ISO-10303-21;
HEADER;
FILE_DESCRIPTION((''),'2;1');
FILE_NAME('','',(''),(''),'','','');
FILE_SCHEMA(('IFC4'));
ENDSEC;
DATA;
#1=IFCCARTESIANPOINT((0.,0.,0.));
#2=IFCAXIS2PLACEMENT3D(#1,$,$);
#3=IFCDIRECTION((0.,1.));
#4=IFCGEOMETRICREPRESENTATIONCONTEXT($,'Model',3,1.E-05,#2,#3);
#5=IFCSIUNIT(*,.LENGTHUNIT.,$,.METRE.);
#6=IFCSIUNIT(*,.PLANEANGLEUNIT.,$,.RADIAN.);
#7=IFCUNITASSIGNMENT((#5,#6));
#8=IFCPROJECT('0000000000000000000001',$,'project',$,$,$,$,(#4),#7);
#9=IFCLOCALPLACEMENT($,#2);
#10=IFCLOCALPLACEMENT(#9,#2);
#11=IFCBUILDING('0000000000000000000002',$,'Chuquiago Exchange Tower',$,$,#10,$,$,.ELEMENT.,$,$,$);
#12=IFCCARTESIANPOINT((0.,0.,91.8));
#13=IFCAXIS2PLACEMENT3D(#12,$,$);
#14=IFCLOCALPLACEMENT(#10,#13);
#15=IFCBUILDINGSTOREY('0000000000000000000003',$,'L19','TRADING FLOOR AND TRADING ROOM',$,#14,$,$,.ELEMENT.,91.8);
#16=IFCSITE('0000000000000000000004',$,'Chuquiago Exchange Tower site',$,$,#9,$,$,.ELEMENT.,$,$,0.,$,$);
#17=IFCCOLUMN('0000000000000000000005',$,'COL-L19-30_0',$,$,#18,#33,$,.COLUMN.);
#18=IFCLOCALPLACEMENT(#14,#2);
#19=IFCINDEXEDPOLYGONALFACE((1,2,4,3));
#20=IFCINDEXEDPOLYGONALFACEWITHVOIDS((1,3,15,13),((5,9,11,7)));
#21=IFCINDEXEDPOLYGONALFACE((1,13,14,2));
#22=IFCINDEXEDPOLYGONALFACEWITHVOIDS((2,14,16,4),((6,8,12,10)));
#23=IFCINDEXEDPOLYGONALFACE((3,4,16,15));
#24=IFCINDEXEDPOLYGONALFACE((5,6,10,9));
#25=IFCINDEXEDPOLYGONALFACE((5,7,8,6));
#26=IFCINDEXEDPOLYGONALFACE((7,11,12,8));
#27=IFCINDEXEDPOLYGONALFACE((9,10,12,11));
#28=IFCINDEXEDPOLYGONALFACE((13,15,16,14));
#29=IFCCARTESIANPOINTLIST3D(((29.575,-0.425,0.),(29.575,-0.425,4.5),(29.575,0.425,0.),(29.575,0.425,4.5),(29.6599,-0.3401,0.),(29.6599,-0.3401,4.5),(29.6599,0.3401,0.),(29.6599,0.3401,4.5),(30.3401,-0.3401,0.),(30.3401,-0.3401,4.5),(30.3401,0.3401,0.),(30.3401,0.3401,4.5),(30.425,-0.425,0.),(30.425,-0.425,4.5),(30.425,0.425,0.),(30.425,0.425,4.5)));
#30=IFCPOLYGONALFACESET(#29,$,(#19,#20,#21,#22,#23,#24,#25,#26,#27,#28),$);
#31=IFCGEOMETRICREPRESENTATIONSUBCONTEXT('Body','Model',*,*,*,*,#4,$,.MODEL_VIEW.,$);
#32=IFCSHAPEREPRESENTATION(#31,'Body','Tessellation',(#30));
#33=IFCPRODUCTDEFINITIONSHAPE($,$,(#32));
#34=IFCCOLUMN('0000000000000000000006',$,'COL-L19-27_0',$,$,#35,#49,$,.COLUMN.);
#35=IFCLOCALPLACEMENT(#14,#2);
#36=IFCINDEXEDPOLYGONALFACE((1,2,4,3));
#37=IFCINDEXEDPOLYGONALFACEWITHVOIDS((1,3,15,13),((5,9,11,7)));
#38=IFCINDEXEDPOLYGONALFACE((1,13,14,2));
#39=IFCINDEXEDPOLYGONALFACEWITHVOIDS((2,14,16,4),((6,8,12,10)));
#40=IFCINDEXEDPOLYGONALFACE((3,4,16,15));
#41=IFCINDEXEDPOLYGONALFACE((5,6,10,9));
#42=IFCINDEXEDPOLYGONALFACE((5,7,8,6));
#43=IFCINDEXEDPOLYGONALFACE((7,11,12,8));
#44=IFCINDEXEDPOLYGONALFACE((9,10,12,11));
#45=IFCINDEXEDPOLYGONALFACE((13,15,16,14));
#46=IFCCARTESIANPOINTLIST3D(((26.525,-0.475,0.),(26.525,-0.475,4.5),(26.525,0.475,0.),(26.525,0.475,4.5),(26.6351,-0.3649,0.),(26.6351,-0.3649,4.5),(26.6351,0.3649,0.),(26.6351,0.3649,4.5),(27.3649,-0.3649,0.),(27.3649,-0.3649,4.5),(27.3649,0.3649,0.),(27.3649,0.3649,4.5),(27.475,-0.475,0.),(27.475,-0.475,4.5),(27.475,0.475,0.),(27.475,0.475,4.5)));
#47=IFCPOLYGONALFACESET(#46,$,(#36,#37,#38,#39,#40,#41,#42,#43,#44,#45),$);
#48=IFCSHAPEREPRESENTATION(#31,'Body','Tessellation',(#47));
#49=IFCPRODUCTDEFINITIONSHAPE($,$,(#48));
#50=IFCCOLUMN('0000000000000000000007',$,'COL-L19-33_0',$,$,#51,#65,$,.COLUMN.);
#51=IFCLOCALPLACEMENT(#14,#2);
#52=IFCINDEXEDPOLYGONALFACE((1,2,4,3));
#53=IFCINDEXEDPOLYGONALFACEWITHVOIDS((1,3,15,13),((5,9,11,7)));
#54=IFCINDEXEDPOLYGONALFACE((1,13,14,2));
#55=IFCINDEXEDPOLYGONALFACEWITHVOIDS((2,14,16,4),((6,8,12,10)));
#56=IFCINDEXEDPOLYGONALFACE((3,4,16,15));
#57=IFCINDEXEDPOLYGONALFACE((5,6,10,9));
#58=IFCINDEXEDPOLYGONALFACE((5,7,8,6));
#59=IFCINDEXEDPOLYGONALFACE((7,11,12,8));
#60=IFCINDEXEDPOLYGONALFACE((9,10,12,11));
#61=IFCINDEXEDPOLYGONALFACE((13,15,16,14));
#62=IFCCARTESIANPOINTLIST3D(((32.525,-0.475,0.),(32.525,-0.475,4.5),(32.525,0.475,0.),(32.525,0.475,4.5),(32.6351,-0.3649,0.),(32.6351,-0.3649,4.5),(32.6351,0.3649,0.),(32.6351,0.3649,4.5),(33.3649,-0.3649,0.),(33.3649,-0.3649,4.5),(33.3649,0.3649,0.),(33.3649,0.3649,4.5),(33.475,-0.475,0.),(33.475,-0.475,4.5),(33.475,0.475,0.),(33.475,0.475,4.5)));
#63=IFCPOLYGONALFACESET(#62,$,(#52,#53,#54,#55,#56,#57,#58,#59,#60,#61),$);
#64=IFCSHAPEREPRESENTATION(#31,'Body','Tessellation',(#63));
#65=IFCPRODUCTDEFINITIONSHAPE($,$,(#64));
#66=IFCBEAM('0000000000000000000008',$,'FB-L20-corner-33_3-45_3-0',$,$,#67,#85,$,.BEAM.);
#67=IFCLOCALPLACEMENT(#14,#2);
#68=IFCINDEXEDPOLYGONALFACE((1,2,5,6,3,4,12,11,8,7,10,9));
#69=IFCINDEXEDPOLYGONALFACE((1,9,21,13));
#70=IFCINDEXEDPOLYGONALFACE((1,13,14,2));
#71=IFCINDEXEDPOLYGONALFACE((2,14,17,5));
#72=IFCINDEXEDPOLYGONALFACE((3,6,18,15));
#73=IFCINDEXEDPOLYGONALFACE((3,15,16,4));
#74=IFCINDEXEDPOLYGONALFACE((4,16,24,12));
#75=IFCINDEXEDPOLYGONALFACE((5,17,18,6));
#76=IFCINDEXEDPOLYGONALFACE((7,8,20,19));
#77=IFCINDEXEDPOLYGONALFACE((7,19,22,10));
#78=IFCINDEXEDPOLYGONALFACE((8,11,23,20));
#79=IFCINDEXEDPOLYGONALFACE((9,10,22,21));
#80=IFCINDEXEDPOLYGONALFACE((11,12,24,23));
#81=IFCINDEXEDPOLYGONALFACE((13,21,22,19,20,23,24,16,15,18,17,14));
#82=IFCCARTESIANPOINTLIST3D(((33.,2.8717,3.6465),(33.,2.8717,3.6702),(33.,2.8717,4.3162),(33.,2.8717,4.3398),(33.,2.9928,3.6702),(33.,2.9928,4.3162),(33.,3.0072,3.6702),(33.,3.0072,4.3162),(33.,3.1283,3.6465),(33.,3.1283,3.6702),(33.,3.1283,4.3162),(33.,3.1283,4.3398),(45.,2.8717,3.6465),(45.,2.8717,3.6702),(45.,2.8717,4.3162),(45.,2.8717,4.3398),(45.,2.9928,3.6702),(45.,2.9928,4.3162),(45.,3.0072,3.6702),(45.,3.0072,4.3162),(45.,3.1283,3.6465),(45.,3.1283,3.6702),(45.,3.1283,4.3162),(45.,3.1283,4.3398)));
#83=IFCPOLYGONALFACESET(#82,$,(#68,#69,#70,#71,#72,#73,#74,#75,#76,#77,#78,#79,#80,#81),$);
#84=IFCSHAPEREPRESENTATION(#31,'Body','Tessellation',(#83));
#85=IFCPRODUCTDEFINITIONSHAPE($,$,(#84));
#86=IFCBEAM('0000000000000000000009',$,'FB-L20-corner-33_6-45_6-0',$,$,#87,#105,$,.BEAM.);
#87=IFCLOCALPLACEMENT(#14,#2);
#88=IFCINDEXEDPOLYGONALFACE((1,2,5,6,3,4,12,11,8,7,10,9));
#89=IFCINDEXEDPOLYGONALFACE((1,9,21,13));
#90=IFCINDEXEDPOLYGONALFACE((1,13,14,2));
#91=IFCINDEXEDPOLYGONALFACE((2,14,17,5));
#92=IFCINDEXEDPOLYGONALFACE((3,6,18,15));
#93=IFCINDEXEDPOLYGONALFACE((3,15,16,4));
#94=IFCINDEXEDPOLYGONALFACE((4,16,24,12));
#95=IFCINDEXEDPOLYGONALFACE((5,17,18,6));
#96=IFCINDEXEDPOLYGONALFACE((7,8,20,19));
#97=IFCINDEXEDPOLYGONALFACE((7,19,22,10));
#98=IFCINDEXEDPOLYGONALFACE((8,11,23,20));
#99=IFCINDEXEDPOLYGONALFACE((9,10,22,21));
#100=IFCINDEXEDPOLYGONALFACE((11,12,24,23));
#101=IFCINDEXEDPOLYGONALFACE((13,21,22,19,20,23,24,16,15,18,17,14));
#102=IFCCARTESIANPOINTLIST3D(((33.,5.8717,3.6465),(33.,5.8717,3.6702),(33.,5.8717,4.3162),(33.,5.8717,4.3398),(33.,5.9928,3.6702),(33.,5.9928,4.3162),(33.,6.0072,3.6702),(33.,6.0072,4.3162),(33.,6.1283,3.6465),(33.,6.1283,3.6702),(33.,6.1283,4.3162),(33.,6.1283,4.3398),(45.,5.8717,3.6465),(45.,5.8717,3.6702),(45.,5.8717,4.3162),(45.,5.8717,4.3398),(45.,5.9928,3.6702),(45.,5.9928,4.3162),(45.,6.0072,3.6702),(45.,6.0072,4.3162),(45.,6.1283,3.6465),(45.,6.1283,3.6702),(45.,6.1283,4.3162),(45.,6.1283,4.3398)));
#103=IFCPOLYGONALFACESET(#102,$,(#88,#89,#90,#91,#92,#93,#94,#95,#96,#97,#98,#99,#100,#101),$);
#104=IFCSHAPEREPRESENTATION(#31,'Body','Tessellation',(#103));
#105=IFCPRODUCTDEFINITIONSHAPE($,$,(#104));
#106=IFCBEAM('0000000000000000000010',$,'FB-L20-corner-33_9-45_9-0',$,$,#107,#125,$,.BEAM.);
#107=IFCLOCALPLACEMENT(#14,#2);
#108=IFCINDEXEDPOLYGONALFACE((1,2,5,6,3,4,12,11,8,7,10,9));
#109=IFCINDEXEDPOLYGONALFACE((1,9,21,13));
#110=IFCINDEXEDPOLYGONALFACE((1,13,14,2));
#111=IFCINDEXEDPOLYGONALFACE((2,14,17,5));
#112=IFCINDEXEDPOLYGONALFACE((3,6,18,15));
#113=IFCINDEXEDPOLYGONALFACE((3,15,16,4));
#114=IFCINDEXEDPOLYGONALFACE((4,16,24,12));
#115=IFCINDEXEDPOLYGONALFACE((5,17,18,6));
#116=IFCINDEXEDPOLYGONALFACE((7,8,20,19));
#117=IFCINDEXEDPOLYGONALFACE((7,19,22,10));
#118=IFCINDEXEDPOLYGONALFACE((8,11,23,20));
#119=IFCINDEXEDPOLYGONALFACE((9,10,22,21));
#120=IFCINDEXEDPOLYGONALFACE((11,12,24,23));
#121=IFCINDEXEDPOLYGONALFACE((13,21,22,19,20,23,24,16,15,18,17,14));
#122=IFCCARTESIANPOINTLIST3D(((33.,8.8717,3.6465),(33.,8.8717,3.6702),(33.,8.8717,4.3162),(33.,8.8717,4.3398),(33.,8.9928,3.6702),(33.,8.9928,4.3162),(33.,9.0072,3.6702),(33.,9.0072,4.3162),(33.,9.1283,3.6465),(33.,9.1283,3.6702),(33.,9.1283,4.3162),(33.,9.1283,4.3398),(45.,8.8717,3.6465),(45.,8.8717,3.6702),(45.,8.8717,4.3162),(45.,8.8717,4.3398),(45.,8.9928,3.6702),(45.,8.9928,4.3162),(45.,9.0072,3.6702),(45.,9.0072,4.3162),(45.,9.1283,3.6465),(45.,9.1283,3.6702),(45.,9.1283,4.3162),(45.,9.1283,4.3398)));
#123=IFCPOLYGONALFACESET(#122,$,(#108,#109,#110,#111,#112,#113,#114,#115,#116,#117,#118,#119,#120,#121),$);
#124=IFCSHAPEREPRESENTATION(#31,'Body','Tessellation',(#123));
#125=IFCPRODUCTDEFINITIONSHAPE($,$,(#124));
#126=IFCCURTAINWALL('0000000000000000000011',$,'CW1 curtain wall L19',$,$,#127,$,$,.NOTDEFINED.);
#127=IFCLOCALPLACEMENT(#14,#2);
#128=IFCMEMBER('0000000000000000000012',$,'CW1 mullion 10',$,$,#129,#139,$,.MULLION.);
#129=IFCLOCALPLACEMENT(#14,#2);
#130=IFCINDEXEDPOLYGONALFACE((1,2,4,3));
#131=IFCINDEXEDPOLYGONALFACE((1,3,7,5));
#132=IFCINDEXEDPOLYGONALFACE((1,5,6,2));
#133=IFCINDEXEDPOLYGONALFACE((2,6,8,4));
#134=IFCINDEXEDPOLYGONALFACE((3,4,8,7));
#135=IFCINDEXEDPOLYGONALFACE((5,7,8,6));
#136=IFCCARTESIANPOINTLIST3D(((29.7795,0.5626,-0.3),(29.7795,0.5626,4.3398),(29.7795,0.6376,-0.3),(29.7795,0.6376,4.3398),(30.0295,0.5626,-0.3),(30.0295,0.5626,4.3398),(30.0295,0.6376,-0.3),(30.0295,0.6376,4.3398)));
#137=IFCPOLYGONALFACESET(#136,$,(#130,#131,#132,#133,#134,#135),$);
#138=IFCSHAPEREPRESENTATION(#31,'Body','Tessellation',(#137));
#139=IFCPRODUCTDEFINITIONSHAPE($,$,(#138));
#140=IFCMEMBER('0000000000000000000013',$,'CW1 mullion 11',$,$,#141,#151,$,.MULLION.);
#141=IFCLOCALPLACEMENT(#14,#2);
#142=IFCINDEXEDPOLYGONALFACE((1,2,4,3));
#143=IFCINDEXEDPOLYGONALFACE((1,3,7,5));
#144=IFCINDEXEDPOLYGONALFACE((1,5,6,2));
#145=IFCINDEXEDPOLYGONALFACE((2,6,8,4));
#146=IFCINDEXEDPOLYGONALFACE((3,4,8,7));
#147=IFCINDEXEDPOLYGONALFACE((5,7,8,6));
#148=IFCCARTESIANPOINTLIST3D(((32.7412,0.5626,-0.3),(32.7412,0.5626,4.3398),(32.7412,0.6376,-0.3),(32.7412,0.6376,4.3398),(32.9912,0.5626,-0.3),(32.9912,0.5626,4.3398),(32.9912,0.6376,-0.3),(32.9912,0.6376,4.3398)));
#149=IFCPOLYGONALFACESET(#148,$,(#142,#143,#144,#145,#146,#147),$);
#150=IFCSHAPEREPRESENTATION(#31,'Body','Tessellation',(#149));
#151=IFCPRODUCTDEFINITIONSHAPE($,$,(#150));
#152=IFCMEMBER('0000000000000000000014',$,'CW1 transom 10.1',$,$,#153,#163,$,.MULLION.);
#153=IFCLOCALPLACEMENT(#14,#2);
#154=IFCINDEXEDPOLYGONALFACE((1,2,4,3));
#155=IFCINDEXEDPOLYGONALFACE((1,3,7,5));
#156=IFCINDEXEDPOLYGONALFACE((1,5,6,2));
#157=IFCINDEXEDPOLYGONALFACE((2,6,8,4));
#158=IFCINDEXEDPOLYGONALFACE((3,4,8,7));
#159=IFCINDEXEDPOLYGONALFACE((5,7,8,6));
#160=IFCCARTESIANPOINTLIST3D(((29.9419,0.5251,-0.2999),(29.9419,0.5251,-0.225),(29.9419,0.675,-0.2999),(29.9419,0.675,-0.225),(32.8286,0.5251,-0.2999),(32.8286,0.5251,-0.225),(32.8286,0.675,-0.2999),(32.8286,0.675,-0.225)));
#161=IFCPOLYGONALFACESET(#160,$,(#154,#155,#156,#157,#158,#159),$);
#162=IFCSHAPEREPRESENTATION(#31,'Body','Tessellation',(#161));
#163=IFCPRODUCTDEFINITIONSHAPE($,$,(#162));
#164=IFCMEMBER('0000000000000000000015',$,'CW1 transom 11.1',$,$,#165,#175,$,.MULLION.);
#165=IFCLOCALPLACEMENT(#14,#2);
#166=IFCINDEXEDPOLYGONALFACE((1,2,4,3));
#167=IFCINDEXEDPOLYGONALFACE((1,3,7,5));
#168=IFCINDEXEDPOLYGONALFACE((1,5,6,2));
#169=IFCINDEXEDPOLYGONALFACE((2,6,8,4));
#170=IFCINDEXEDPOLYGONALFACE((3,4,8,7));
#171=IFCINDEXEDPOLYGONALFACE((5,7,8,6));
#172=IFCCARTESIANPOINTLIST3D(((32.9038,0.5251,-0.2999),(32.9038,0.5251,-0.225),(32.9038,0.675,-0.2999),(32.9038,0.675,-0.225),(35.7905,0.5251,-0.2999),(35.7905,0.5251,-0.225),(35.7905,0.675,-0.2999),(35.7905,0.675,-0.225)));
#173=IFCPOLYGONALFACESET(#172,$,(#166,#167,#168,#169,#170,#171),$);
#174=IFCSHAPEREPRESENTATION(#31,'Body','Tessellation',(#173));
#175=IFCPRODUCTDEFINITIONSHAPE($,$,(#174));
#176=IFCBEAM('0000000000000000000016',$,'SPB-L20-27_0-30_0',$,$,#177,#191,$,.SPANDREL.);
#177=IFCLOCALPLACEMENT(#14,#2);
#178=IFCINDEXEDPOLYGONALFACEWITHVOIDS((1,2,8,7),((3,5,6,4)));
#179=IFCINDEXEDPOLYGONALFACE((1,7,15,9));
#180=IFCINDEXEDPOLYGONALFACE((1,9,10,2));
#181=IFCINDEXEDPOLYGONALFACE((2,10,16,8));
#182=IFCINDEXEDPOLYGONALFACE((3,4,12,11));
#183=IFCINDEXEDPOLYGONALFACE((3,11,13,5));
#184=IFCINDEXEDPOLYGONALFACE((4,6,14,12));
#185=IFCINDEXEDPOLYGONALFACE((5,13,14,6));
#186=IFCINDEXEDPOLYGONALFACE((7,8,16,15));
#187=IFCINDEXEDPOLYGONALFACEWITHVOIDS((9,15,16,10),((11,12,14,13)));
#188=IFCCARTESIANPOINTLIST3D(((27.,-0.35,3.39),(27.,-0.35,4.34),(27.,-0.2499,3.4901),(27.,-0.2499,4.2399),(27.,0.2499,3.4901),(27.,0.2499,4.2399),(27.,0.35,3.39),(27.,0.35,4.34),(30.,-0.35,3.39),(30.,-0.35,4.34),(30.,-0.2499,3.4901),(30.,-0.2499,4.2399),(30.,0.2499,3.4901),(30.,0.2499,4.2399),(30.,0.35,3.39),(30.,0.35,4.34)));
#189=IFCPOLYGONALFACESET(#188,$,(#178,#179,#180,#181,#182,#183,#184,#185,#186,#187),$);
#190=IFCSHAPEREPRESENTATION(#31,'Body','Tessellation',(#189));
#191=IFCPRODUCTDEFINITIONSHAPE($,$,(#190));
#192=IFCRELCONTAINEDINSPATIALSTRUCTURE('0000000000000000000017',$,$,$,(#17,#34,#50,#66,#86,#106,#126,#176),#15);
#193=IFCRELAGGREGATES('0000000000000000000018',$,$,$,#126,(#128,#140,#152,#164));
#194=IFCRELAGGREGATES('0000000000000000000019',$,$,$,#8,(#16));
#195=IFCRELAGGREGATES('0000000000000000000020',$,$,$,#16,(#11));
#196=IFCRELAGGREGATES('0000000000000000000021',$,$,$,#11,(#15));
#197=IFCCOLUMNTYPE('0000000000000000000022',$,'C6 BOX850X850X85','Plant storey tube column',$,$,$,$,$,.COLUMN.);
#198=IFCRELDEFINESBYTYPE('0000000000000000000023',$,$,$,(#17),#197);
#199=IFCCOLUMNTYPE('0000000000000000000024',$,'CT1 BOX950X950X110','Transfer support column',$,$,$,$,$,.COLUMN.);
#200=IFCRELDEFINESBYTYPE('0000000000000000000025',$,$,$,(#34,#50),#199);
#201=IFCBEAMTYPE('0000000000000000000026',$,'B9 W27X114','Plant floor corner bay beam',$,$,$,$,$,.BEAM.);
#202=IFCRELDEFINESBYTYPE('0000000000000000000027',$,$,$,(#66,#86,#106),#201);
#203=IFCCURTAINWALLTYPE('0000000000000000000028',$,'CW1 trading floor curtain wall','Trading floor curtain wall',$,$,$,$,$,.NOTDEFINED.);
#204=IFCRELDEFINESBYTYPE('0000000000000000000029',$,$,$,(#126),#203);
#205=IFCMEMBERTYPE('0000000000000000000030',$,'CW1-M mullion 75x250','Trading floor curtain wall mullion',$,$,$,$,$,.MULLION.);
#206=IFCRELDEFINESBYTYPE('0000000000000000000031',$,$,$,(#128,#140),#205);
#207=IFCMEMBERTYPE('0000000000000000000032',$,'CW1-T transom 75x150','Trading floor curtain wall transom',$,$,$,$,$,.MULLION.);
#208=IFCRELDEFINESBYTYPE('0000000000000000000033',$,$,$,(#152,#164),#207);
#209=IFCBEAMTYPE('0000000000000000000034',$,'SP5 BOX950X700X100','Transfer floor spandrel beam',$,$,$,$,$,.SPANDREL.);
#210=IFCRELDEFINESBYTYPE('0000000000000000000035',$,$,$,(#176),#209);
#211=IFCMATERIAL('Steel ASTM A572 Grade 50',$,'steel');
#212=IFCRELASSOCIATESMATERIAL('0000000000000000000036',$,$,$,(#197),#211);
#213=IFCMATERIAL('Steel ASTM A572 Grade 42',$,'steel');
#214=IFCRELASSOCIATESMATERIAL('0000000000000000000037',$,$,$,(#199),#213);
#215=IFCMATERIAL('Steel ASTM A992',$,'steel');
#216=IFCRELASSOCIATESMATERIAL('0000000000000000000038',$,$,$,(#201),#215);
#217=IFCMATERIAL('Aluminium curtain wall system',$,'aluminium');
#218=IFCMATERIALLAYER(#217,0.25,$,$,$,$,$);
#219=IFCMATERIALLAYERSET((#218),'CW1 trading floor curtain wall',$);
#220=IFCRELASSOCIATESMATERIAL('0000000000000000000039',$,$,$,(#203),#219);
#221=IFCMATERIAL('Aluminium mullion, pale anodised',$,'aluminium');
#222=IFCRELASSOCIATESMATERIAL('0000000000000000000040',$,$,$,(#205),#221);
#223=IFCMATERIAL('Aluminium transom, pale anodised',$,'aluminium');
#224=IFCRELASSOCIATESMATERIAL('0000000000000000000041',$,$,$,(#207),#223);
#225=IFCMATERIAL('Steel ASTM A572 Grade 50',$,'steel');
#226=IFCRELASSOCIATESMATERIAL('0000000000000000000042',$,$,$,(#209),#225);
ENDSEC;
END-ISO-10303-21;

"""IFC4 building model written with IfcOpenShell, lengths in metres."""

from ifc_helpers import new_model, si_unit, direction, frame, origin, origin_2d, place, context, subcontext, project, spatial, rectangle, hollow_rectangle, i_section, extrude, material, layer, layer_set, material_profile, profile_set, type_object, element, aggregate, save


model = new_model("IFC4")

# Units and contexts
model_context = context("Model", 3, precision=1e-05, world=origin(), true_north=direction((0.0, 1.0)))
body_context = subcontext(model_context, "Body", "Model", "MODEL_VIEW")
ifc_project = project(units=[si_unit("LENGTHUNIT", "METRE"), si_unit("PLANEANGLEUNIT", "RADIAN")], contexts=[model_context])

# Site, building, storey
site_placement = place(None, origin())
site = spatial("IfcSite", under=ifc_project, at=site_placement, Name="Chuquiago Exchange Tower site", CompositionType="ELEMENT", RefElevation=0.0)
building_placement = place(site_placement, origin())
building = spatial("IfcBuilding", under=site, at=building_placement, Name="Chuquiago Exchange Tower", CompositionType="ELEMENT")
storey_placement = place(building_placement, frame((0.0, 0.0, 91.8)))
storey = spatial("IfcBuildingStorey", under=building, at=storey_placement, Name="L19", Description="TRADING FLOOR AND TRADING ROOM", CompositionType="ELEMENT", Elevation=91.8)

# Columns
ifc_material_1 = material(Name="Steel ASTM A572 Grade 50", Category="steel")
ifc_material_profile_1 = material_profile(ifc_material_1, hollow_rectangle(XDim=0.8501, YDim=0.8501, WallThickness=0.085, at=origin_2d()), Name="BOX850X850X85")
ifc_profile_set_1 = profile_set([ifc_material_profile_1], Name="Steel ASTM A572 Grade 50")
column_type_1 = type_object("IfcColumnType", Name="C6 BOX850X850X85", Description="Plant storey tube column", PredefinedType="COLUMN", material=ifc_profile_set_1)
column_placement = place(storey_placement, frame((30.0, 0.0, 0.0), z_axis=(0.0, 0.0, 1.0), x_axis=(0.0, -1.0, 0.0)))
element("IfcColumn", 1, at=column_placement, inside=storey, type_object=column_type_1, Name="COL-L19-30_0", PredefinedType="COLUMN", context=body_context, shape_type="SweptSolid", body=[
    extrude(hollow_rectangle(XDim=0.8501, YDim=0.8501, WallThickness=0.085, at=origin_2d()), origin(), (0.0, 0.0, 1.0), 4.5),
])
ifc_material_2 = material(Name="Steel ASTM A572 Grade 42", Category="steel")
ifc_material_profile_2 = material_profile(ifc_material_2, hollow_rectangle(XDim=0.95, YDim=0.95, WallThickness=0.1101, at=origin_2d()), Name="BOX950X950X110")
ifc_profile_set_2 = profile_set([ifc_material_profile_2], Name="Steel ASTM A572 Grade 42")
column_type_2 = type_object("IfcColumnType", Name="CT1 BOX950X950X110", Description="Transfer support column", PredefinedType="COLUMN", material=ifc_profile_set_2)
for number, where, z_axis, x_axis, name in (
    (2, (27.0, 0.0, 0.0), (0.0, 0.0, 1.0), (0.0, -1.0, 0.0), "COL-L19-27_0"),
    (3, (33.0, 0.0, 0.0), (0.0, 0.0, 1.0), (0.0, -1.0, 0.0), "COL-L19-33_0"),
):
    element("IfcColumn", number, at=place(storey_placement, frame(where, z_axis=z_axis, x_axis=x_axis)), inside=storey, type_object=column_type_2, Name=name, PredefinedType="COLUMN", context=body_context, shape_type="SweptSolid", body=[
        extrude(hollow_rectangle(XDim=0.95, YDim=0.95, WallThickness=0.1101, at=origin_2d()), origin(), (0.0, 0.0, 1.0), 4.5),
    ])

# Beams
ifc_material_3 = material(Name="Steel ASTM A992", Category="steel")
ifc_material_profile_3 = material_profile(ifc_material_3, i_section(OverallWidth=0.2566, OverallDepth=0.6934, WebThickness=0.0144, FlangeThickness=0.0237, at=origin_2d()), Name="W27X114")
ifc_profile_set_3 = profile_set([ifc_material_profile_3], Name="Steel ASTM A992")
beam_type_1 = type_object("IfcBeamType", Name="B9 W27X114", Description="Plant floor corner bay beam", PredefinedType="BEAM", material=ifc_profile_set_3)
for number, where, z_axis, x_axis, name in (
    (4, (33.0, 3.0, 3.9932), (1.0, 0.0, 0.0), (0.0, 1.0, 0.0), "FB-L20-corner-33_3-45_3-0"),
    (5, (33.0, 6.0, 3.9932), (1.0, 0.0, 0.0), (0.0, 1.0, 0.0), "FB-L20-corner-33_6-45_6-0"),
    (6, (33.0, 9.0, 3.9932), (1.0, 0.0, 0.0), (0.0, 1.0, 0.0), "FB-L20-corner-33_9-45_9-0"),
):
    element("IfcBeam", number, at=place(storey_placement, frame(where, z_axis=z_axis, x_axis=x_axis)), inside=storey, type_object=beam_type_1, Name=name, PredefinedType="BEAM", context=body_context, shape_type="SweptSolid", body=[
        extrude(i_section(OverallWidth=0.2566, OverallDepth=0.6934, WebThickness=0.0144, FlangeThickness=0.0237, at=origin_2d()), origin(), (0.0, 0.0, 1.0), 12.0),
    ])

# Curtain wall, members
ifc_material_4 = material(Name="Aluminium curtain wall system", Category="aluminium")
ifc_layer_1 = layer(ifc_material_4, 0.25)
ifc_layer_set_1 = layer_set([ifc_layer_1], Name="CW1 trading floor curtain wall")
curtain_wall_type = type_object("IfcCurtainWallType", Name="CW1 trading floor curtain wall", Description="Trading floor curtain wall", PredefinedType="NOTDEFINED", material=ifc_layer_set_1)
curtain_wall_placement = place(storey_placement, origin())
curtain_wall = element("IfcCurtainWall", 7, at=curtain_wall_placement, inside=storey, type_object=curtain_wall_type, Name="CW1 curtain wall L19", PredefinedType="NOTDEFINED")
ifc_material_5 = material(Name="Aluminium mullion, pale anodised", Category="aluminium")
ifc_material_profile_4 = material_profile(ifc_material_5, rectangle(XDim=0.075, YDim=0.25, at=origin_2d()), Name="AL 75x250")
ifc_profile_set_4 = profile_set([ifc_material_profile_4], Name="Aluminium mullion, pale anodised")
member_type_1 = type_object("IfcMemberType", Name="CW1-M mullion 75x250", Description="Trading floor curtain wall mullion", PredefinedType="MULLION", material=ifc_profile_set_4)
member_1_placement = place(storey_placement, frame((29.9045, 0.6001, -0.3), z_axis=(0.0, 0.0, 1.0), x_axis=(0.0, 1.0, 0.0)))
member_1 = element("IfcMember", 8, at=member_1_placement, type_object=member_type_1, Name="CW1 mullion 10", PredefinedType="MULLION", context=body_context, shape_type="SweptSolid", body=[
    extrude(rectangle(XDim=0.075, YDim=0.25, at=origin_2d()), origin(), (0.0, 0.0, 1.0), 4.6399),
])
member_2_placement = place(storey_placement, frame((32.8662, 0.6001, -0.3), z_axis=(0.0, 0.0, 1.0), x_axis=(0.0, 1.0, 0.0)))
member_2 = element("IfcMember", 9, at=member_2_placement, type_object=member_type_1, Name="CW1 mullion 11", PredefinedType="MULLION", context=body_context, shape_type="SweptSolid", body=[
    extrude(rectangle(XDim=0.075, YDim=0.25, at=origin_2d()), origin(), (0.0, 0.0, 1.0), 4.6399),
])
ifc_material_6 = material(Name="Aluminium transom, pale anodised", Category="aluminium")
ifc_material_profile_5 = material_profile(ifc_material_6, rectangle(XDim=0.1499, YDim=0.075, at=origin_2d()), Name="AL 150x75")
ifc_profile_set_5 = profile_set([ifc_material_profile_5], Name="Aluminium transom, pale anodised")
member_type_2 = type_object("IfcMemberType", Name="CW1-T transom 75x150", Description="Trading floor curtain wall transom", PredefinedType="MULLION", material=ifc_profile_set_5)
member_3_placement = place(storey_placement, frame((29.9419, 0.6001, -0.2625), z_axis=(1.0, 0.0, 0.0), x_axis=(0.0, 1.0, 0.0)))
member_3 = element("IfcMember", 10, at=member_3_placement, type_object=member_type_2, Name="CW1 transom 10.1", PredefinedType="MULLION", context=body_context, shape_type="SweptSolid", body=[
    extrude(rectangle(XDim=0.1499, YDim=0.075, at=origin_2d()), origin(), (0.0, 0.0, 1.0), 2.8867),
])
member_4_placement = place(storey_placement, frame((32.9038, 0.6001, -0.2625), z_axis=(1.0, 0.0, 0.0), x_axis=(0.0, 1.0, 0.0)))
member_4 = element("IfcMember", 11, at=member_4_placement, type_object=member_type_2, Name="CW1 transom 11.1", PredefinedType="MULLION", context=body_context, shape_type="SweptSolid", body=[
    extrude(rectangle(XDim=0.1499, YDim=0.075, at=origin_2d()), origin(), (0.0, 0.0, 1.0), 2.8867),
])

# Beam
ifc_material_7 = material(Name="Steel ASTM A572 Grade 50", Category="steel")
ifc_material_profile_6 = material_profile(ifc_material_7, hollow_rectangle(XDim=0.7, YDim=0.95, WallThickness=0.1001, at=origin_2d()), Name="BOX950X700X100")
ifc_profile_set_6 = profile_set([ifc_material_profile_6], Name="Steel ASTM A572 Grade 50")
beam_type_2 = type_object("IfcBeamType", Name="SP5 BOX950X700X100", Description="Transfer floor spandrel beam", PredefinedType="SPANDREL", material=ifc_profile_set_6)
for number, where, z_axis, x_axis, name in (
    (12, (27.0, 0.0, 3.865), (1.0, 0.0, 0.0), (0.0, 1.0, 0.0), "SPB-L20-27_0-30_0"),
):
    element("IfcBeam", number, at=place(storey_placement, frame(where, z_axis=z_axis, x_axis=x_axis)), inside=storey, type_object=beam_type_2, Name=name, PredefinedType="SPANDREL", context=body_context, shape_type="SweptSolid", body=[
        extrude(hollow_rectangle(XDim=0.7, YDim=0.95, WallThickness=0.1001, at=origin_2d()), origin(), (0.0, 0.0, 1.0), 3.0),
    ])

aggregate(curtain_wall, [member_1, member_2, member_3, member_4])

save(model, "model.ifc")
